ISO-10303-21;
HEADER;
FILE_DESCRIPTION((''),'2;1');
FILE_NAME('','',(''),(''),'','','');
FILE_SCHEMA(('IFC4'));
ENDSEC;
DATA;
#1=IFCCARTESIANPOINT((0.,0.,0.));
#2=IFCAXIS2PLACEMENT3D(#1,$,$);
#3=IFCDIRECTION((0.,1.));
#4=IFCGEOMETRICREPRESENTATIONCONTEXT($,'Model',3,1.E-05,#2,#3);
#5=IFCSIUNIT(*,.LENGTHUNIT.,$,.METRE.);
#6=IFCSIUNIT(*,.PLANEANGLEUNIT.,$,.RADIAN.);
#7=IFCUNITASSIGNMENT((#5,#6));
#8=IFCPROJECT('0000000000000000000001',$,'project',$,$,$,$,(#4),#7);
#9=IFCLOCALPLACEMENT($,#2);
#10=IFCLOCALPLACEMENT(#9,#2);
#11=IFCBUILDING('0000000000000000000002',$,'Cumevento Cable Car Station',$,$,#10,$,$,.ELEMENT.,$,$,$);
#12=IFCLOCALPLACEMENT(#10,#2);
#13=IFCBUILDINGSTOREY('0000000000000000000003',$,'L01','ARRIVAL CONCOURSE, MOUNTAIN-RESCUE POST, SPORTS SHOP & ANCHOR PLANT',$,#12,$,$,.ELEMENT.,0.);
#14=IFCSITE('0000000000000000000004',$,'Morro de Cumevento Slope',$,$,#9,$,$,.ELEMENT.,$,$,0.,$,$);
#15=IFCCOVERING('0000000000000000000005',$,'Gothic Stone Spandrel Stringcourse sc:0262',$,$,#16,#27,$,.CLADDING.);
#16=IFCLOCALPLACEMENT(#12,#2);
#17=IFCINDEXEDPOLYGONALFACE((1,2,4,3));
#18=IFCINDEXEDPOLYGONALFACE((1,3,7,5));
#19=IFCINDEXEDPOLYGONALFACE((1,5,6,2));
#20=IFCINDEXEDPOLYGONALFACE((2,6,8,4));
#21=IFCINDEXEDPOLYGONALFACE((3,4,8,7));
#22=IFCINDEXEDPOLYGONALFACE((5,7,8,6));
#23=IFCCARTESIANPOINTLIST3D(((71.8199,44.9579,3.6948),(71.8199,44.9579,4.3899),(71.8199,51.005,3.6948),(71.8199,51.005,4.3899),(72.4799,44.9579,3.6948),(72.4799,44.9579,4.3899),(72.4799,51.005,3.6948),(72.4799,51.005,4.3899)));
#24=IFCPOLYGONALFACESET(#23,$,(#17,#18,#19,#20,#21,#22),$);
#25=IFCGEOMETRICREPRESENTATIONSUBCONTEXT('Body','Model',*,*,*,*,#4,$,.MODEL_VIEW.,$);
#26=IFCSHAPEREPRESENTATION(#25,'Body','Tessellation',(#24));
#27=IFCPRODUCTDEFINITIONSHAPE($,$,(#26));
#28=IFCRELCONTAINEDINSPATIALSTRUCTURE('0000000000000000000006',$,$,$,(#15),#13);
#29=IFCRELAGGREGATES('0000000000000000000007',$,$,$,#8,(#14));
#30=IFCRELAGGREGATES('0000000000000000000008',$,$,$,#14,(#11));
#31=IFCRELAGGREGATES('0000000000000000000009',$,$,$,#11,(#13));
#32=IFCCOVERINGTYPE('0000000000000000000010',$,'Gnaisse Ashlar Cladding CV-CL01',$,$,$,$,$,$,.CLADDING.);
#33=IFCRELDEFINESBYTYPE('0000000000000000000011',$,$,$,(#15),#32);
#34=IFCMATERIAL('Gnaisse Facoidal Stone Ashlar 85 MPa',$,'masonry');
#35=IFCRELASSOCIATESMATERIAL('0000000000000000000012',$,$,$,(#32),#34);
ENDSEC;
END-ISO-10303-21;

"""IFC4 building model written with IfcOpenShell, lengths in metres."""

from ifc_helpers import new_model, si_unit, direction, frame, origin, origin_2d, place, context, subcontext, project, spatial, rectangle, extrude, material, type_object, element, save


model = new_model("IFC4")

# Units and contexts
model_context = context("Model", 3, precision=1e-05, world=origin(), true_north=direction((0.0, 1.0)))
body_context = subcontext(model_context, "Body", "Model", "MODEL_VIEW")
ifc_project = project(units=[si_unit("LENGTHUNIT", "METRE"), si_unit("PLANEANGLEUNIT", "RADIAN")], contexts=[model_context])

# Site, building, storey
site_placement = place(None, origin())
site = spatial("IfcSite", under=ifc_project, at=site_placement, Name="Morro de Cumevento Slope", CompositionType="ELEMENT", RefElevation=0.0)
building_placement = place(site_placement, origin())
building = spatial("IfcBuilding", under=site, at=building_placement, Name="Cumevento Cable Car Station", CompositionType="ELEMENT")
storey_placement = place(building_placement, origin())
storey = spatial("IfcBuildingStorey", under=building, at=storey_placement, Name="L01", Description="ARRIVAL CONCOURSE, MOUNTAIN-RESCUE POST, SPORTS SHOP & ANCHOR PLANT", CompositionType="ELEMENT", Elevation=0.0)

# Covering
ifc_material_1 = material(Name="Gnaisse Facoidal Stone Ashlar 85 MPa", Category="masonry")
covering_type = type_object("IfcCoveringType", Name="Gnaisse Ashlar Cladding CV-CL01", PredefinedType="CLADDING", material=ifc_material_1)
covering_1_placement = place(storey_placement, frame((72.1499, 47.9814, 3.6948), z_axis=(0.0, 0.0, 1.0), x_axis=(0.0, 1.0, 0.0)))
element("IfcCovering", 1, at=covering_1_placement, inside=storey, type_object=covering_type, Name="Gothic Stone Spandrel Stringcourse sc:0262", PredefinedType="CLADDING", context=body_context, shape_type="SweptSolid", body=[
    extrude(rectangle(XDim=6.0471, YDim=0.6599, at=origin_2d()), origin(), (0.0, 0.0, 1.0), 0.6951),
])

save(model, "model.ifc")
